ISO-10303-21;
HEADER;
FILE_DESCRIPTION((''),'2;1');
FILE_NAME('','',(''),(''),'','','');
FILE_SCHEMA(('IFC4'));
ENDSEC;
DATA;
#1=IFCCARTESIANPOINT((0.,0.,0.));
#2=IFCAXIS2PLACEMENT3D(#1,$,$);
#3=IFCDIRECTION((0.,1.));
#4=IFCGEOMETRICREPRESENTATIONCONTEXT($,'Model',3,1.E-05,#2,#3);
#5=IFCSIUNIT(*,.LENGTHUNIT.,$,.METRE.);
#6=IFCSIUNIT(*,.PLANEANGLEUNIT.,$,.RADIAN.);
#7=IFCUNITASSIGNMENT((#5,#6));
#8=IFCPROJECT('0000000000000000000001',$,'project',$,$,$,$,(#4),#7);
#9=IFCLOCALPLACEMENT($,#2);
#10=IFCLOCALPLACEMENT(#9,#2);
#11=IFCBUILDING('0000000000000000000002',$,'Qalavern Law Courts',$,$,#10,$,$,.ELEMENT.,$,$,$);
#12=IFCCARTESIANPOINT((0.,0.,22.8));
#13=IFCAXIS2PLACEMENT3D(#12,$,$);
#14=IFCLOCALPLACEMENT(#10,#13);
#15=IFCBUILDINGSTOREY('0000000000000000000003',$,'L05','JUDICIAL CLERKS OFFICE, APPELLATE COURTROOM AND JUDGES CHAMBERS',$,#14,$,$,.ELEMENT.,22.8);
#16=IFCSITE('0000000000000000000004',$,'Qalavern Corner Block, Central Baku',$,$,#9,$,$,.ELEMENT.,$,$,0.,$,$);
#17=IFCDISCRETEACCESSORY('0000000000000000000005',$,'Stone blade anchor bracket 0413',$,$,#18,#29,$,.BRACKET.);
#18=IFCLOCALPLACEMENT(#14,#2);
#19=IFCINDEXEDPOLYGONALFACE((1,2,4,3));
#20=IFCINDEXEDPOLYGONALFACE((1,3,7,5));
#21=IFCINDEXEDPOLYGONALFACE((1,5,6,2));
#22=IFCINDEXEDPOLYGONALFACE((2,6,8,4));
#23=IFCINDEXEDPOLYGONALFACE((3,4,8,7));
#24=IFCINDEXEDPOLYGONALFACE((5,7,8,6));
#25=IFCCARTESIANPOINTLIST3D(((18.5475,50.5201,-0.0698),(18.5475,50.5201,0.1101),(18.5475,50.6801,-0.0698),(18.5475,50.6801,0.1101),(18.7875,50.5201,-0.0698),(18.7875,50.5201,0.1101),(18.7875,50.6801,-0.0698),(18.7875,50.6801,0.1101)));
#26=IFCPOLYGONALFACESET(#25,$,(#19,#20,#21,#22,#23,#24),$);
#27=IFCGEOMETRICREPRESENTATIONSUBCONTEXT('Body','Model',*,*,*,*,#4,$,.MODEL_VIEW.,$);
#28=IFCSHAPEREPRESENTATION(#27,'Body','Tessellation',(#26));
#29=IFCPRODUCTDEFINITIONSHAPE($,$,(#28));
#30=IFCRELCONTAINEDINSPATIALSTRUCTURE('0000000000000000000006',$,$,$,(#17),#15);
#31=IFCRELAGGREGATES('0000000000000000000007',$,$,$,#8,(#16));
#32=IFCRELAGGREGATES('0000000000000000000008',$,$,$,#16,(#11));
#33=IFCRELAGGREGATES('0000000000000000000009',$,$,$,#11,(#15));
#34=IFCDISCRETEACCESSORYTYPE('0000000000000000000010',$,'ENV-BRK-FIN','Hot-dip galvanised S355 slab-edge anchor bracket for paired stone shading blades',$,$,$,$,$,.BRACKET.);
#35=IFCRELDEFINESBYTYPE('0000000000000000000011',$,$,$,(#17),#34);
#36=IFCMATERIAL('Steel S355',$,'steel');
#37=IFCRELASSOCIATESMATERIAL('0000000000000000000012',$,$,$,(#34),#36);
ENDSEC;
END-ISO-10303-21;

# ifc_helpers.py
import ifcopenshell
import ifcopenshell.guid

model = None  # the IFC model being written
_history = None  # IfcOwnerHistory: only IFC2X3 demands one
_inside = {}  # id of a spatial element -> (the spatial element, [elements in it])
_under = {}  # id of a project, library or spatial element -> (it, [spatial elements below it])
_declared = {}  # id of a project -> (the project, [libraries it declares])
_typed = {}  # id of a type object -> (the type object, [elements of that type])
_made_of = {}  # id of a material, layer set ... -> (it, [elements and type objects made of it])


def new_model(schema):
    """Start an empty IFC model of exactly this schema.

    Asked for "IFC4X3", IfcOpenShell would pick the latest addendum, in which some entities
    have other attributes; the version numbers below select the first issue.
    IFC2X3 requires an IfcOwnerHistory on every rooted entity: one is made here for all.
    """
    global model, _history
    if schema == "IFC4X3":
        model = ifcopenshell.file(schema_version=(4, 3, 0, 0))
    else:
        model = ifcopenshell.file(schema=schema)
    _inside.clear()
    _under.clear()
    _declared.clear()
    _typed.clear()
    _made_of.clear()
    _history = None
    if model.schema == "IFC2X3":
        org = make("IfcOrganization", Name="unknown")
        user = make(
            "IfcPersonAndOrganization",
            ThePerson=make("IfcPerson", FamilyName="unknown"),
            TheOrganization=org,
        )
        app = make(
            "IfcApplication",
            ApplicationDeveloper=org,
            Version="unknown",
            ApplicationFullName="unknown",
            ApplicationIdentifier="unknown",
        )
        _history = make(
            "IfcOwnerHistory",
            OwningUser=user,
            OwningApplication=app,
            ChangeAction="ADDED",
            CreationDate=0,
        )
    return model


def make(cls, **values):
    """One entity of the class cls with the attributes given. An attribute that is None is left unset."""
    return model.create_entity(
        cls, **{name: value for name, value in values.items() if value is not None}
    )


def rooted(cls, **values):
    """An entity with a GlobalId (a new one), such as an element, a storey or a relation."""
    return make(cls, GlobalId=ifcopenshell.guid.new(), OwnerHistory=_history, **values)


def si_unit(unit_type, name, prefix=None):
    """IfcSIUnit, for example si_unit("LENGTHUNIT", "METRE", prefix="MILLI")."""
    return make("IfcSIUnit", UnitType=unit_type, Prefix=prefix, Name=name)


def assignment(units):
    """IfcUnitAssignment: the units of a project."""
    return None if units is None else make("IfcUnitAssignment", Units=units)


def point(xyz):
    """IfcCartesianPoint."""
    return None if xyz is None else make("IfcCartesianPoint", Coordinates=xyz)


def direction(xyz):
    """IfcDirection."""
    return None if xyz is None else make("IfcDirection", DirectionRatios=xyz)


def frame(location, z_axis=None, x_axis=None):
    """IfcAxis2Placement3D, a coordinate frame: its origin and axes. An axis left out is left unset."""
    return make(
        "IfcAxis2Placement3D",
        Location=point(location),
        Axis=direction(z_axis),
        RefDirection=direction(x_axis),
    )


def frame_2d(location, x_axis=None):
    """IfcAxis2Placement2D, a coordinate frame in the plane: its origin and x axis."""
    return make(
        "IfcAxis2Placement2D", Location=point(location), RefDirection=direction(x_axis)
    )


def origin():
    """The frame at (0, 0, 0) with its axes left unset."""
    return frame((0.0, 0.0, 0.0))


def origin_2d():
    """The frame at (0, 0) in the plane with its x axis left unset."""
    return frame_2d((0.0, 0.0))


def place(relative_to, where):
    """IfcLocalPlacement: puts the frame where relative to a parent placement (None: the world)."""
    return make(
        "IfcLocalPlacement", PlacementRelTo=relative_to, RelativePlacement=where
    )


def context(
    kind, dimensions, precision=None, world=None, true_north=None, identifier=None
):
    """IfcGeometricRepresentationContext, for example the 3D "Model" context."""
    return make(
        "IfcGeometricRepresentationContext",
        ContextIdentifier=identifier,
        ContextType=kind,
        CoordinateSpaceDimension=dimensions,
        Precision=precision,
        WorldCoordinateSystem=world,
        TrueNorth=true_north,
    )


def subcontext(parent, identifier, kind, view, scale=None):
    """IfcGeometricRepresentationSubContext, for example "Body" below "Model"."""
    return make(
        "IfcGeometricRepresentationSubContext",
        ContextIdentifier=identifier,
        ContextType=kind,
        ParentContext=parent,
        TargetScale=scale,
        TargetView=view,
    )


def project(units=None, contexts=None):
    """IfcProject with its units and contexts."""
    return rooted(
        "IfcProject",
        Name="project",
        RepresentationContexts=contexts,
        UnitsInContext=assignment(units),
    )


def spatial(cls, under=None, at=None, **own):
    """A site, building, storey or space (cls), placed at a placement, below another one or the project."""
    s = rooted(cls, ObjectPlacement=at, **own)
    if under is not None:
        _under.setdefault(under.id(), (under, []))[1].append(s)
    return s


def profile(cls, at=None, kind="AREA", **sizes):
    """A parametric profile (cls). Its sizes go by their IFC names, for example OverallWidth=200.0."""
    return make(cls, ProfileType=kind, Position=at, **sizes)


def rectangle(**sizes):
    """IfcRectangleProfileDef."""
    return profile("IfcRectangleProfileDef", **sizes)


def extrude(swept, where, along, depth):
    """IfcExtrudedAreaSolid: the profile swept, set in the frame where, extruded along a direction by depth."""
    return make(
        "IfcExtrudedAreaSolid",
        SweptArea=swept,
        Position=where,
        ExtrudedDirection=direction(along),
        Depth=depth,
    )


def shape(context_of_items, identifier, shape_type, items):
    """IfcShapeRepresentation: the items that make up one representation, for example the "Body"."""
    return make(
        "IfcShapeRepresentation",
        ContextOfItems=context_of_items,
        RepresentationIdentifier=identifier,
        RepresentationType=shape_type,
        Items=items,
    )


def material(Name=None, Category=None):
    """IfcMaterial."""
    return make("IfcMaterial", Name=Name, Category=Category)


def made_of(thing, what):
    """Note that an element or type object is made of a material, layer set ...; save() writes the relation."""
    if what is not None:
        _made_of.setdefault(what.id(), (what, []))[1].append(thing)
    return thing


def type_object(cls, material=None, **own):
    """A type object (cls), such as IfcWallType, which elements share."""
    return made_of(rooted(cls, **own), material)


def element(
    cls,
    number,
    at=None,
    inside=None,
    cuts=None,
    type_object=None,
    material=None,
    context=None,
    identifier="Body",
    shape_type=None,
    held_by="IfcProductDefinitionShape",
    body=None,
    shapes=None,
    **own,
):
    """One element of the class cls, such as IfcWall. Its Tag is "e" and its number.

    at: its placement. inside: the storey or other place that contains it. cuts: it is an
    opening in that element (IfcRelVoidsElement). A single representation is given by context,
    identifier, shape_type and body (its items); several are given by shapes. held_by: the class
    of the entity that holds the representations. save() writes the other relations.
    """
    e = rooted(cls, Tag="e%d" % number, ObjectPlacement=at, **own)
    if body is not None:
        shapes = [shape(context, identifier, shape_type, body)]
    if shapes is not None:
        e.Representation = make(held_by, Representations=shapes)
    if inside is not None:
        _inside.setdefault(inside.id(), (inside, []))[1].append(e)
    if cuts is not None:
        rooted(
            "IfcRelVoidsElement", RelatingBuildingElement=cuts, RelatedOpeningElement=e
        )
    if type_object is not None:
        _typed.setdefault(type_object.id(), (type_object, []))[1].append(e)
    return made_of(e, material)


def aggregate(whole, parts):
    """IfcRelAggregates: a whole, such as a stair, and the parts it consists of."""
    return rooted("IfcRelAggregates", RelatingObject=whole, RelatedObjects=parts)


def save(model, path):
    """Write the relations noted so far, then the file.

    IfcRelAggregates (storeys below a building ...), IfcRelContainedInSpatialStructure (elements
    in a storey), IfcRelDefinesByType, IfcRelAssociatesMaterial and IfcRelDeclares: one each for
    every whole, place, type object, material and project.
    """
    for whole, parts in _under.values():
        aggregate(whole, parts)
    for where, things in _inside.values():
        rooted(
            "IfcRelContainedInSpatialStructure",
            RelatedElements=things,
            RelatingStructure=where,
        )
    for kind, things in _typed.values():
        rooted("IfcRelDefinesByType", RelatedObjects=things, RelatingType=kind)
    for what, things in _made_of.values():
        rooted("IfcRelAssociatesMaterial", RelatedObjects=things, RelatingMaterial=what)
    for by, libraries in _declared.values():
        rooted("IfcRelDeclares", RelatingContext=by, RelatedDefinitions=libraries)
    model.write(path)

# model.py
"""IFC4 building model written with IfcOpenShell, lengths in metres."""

from ifc_helpers import new_model, si_unit, direction, frame, origin, origin_2d, place, context, subcontext, project, spatial, rectangle, extrude, material, type_object, element, save


model = new_model("IFC4")

# Units and contexts
model_context = context("Model", 3, precision=1e-05, world=origin(), true_north=direction((0.0, 1.0)))
body_context = subcontext(model_context, "Body", "Model", "MODEL_VIEW")
ifc_project = project(units=[si_unit("LENGTHUNIT", "METRE"), si_unit("PLANEANGLEUNIT", "RADIAN")], contexts=[model_context])

# Site, building, storey
site_placement = place(None, origin())
site = spatial("IfcSite", under=ifc_project, at=site_placement, Name="Qalavern Corner Block, Central Baku", CompositionType="ELEMENT", RefElevation=0.0)
building_placement = place(site_placement, origin())
building = spatial("IfcBuilding", under=site, at=building_placement, Name="Qalavern Law Courts", CompositionType="ELEMENT")
storey_placement = place(building_placement, frame((0.0, 0.0, 22.8)))
storey = spatial("IfcBuildingStorey", under=building, at=storey_placement, Name="L05", Description="JUDICIAL CLERKS OFFICE, APPELLATE COURTROOM AND JUDGES CHAMBERS", CompositionType="ELEMENT", Elevation=22.8)

# Shared definitions
ifc_material_1 = material(Name="Steel S355", Category="steel")

# Discrete accessory
discrete_accessory_type = type_object("IfcDiscreteAccessoryType", Name="ENV-BRK-FIN", Description="Hot-dip galvanised S355 slab-edge anchor bracket for paired stone shading blades", PredefinedType="BRACKET", material=ifc_material_1)
discrete_accessory_placement = place(storey_placement, frame((18.6675, 50.6001, -0.0698), z_axis=(0.0, 0.0, 1.0), x_axis=(1.0, 0.0, 0.0)))
element("IfcDiscreteAccessory", 1, at=discrete_accessory_placement, inside=storey, type_object=discrete_accessory_type, Name="Stone blade anchor bracket 0413", PredefinedType="BRACKET", context=body_context, shape_type="SweptSolid", body=[
    extrude(rectangle(XDim=0.24, YDim=0.1599, at=origin_2d()), origin(), (0.0, 0.0, 1.0), 0.1799),
])

save(model, "model.ifc")
